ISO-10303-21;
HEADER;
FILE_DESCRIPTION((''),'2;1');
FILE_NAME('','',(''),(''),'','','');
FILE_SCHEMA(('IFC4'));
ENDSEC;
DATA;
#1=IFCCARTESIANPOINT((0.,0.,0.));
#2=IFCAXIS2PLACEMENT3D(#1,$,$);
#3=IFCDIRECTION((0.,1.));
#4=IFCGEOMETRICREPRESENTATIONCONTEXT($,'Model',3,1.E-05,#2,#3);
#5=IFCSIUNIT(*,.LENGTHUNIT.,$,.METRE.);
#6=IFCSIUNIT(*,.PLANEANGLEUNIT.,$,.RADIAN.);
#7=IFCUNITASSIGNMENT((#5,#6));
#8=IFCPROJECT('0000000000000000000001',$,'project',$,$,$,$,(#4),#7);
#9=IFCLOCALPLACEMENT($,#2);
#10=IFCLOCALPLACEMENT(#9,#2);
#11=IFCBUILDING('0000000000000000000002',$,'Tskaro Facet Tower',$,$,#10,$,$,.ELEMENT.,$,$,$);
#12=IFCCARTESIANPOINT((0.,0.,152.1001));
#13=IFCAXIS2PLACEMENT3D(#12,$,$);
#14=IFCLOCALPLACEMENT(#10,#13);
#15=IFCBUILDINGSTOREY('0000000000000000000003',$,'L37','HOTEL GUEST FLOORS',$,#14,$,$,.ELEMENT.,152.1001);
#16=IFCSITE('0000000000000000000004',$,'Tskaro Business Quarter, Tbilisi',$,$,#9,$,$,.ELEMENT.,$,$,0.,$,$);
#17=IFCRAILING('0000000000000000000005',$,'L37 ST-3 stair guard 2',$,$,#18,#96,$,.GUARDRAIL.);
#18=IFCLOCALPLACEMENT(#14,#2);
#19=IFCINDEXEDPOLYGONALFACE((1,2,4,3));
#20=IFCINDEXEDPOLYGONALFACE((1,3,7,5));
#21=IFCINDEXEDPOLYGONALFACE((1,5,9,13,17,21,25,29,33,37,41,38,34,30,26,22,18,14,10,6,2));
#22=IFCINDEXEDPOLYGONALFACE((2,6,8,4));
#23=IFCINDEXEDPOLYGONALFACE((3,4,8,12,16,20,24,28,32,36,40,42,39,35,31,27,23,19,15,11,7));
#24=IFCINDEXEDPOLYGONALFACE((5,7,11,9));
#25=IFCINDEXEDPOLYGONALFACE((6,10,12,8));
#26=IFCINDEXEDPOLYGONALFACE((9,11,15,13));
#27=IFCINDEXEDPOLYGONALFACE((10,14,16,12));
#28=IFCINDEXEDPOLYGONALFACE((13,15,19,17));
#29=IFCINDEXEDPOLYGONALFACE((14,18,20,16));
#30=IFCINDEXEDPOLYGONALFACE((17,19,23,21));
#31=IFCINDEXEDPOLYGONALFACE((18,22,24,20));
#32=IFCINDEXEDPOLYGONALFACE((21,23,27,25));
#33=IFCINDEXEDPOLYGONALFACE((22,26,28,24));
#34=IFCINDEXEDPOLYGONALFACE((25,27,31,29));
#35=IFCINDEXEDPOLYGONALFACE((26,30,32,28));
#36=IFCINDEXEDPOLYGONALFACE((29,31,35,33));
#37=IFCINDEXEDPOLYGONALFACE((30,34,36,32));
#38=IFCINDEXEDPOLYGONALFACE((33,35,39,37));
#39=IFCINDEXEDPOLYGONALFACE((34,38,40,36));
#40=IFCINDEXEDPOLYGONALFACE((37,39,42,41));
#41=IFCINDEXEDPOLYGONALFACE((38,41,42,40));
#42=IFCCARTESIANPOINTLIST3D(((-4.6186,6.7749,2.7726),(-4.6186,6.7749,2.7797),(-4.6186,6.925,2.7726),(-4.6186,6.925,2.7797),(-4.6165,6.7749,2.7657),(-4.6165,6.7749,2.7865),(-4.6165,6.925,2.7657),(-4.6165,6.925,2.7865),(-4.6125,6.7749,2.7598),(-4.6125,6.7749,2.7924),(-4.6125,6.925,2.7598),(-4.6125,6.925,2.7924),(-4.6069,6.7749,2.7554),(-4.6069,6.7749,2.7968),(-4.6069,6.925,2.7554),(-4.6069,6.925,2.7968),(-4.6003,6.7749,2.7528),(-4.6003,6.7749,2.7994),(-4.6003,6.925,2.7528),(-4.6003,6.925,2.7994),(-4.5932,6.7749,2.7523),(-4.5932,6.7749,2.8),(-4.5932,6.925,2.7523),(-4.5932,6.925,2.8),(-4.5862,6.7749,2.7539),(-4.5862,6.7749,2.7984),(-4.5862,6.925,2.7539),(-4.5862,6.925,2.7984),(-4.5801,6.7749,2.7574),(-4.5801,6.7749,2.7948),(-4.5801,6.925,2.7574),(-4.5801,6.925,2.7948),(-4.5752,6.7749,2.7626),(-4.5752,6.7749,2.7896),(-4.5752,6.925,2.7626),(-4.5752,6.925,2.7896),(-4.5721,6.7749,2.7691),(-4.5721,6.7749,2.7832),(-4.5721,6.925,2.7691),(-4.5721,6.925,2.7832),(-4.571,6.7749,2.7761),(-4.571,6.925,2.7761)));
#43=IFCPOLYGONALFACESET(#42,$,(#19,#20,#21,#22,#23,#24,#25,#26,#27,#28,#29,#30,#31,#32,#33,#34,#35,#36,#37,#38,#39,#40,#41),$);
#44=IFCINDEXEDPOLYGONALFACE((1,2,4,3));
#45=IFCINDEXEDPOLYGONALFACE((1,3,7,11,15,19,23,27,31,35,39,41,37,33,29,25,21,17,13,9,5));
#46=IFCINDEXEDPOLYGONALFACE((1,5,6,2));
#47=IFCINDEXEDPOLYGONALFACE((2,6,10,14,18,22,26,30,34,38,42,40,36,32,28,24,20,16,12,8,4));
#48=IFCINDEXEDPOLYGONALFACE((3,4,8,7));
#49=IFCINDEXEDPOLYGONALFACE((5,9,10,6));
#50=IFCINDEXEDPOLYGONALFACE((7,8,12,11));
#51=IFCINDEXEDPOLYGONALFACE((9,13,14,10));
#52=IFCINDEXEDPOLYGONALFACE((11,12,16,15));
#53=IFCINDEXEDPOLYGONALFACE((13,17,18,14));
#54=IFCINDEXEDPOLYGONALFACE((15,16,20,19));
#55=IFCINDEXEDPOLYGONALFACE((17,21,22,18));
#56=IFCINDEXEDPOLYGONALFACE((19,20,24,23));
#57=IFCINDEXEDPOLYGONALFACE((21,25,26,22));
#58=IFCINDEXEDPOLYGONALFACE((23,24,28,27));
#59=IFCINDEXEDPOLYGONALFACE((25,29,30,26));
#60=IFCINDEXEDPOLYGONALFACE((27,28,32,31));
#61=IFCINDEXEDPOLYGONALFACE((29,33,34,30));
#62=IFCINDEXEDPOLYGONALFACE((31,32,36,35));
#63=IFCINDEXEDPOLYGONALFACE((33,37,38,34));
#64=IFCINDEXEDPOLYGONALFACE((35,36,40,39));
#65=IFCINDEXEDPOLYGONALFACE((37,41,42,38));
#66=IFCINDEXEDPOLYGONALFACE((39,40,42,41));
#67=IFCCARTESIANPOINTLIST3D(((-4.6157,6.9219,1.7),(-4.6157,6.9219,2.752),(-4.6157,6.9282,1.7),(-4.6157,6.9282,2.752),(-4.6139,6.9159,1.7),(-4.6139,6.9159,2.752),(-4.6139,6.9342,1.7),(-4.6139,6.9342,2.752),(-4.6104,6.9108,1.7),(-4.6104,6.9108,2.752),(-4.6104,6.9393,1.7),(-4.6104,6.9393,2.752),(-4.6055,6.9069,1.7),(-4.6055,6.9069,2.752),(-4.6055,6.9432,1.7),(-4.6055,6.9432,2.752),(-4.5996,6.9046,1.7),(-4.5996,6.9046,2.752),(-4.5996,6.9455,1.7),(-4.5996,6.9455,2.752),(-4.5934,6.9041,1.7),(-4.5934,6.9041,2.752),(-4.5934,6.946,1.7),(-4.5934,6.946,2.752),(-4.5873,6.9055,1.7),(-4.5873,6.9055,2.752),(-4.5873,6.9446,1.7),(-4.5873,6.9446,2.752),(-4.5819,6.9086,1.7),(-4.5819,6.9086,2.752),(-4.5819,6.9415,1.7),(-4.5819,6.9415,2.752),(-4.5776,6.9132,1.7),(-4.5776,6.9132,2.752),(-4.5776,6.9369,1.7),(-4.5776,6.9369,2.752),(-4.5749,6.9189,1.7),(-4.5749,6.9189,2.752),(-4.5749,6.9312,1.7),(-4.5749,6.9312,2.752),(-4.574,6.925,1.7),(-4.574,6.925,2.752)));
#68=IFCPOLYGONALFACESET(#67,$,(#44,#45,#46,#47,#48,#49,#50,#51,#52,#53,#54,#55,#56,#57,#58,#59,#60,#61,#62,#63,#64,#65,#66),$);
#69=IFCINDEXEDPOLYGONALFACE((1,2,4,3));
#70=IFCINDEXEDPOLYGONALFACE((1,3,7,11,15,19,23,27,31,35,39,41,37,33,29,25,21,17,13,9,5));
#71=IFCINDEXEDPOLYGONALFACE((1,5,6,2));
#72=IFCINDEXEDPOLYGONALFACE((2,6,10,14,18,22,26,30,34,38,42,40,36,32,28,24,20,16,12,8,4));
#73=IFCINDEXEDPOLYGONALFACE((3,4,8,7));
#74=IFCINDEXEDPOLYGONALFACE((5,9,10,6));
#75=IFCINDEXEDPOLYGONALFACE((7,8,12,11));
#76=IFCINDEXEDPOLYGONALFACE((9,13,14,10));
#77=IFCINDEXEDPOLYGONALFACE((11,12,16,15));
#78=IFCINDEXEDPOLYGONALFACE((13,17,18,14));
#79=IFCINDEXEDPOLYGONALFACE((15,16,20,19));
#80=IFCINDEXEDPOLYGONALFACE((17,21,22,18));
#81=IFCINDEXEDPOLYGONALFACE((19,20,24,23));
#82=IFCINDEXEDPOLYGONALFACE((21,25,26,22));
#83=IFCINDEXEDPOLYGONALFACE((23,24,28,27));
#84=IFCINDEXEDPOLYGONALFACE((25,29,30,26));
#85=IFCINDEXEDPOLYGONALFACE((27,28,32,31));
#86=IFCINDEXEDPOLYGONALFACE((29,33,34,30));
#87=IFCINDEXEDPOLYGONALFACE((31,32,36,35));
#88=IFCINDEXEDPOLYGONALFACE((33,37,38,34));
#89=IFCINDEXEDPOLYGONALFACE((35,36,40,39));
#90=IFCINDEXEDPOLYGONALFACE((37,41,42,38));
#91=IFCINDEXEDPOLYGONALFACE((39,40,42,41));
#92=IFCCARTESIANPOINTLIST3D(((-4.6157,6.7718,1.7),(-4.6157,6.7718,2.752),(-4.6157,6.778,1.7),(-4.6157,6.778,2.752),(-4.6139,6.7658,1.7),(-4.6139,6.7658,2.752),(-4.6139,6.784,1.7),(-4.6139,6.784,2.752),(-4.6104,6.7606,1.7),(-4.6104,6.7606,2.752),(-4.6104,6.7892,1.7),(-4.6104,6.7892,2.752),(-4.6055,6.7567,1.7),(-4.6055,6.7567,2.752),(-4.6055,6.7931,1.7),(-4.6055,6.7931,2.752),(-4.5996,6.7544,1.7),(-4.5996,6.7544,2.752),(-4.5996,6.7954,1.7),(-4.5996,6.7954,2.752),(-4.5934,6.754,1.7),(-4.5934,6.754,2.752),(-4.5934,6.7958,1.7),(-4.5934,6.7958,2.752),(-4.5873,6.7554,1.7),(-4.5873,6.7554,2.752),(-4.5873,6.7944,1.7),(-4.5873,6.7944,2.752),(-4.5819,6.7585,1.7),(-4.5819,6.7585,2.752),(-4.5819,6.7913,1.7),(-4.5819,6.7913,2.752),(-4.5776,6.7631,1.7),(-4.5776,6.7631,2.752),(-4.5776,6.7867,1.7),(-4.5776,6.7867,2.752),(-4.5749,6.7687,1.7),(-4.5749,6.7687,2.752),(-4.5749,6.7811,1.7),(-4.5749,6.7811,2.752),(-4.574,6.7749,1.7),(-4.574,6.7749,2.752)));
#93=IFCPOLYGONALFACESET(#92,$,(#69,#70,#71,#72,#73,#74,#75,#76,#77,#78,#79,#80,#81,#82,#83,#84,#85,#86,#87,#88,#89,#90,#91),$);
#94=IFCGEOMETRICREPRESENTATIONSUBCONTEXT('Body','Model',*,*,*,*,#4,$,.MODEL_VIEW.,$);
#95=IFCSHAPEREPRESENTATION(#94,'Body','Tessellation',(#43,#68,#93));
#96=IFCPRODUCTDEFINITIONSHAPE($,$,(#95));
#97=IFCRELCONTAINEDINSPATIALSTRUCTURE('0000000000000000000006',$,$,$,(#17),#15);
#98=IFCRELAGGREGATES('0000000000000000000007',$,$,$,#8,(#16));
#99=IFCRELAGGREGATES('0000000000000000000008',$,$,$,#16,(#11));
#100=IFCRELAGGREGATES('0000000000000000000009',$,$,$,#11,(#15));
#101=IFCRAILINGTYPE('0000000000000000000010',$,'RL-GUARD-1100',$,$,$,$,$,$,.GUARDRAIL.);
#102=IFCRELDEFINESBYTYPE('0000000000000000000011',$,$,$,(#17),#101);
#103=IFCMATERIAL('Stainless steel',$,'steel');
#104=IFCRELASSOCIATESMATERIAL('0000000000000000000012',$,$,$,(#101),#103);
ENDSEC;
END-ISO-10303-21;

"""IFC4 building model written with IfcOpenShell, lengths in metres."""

from ifc_helpers import new_model, si_unit, direction, frame, origin, origin_2d, place, context, subcontext, project, spatial, circle, extrude, material, type_object, element, save


model = new_model("IFC4")

# Units and contexts
model_context = context("Model", 3, precision=1e-05, world=origin(), true_north=direction((0.0, 1.0)))
body_context = subcontext(model_context, "Body", "Model", "MODEL_VIEW")
ifc_project = project(units=[si_unit("LENGTHUNIT", "METRE"), si_unit("PLANEANGLEUNIT", "RADIAN")], contexts=[model_context])

# Site, building, storey
site_placement = place(None, origin())
site = spatial("IfcSite", under=ifc_project, at=site_placement, Name="Tskaro Business Quarter, Tbilisi", CompositionType="ELEMENT", RefElevation=0.0)
building_placement = place(site_placement, origin())
building = spatial("IfcBuilding", under=site, at=building_placement, Name="Tskaro Facet Tower", CompositionType="ELEMENT")
storey_placement = place(building_placement, frame((0.0, 0.0, 152.1001)))
storey = spatial("IfcBuildingStorey", under=building, at=storey_placement, Name="L37", Description="HOTEL GUEST FLOORS", CompositionType="ELEMENT", Elevation=152.1001)

# Railing
ifc_material_1 = material(Name="Stainless steel", Category="steel")
railing_type_1 = type_object("IfcRailingType", Name="RL-GUARD-1100", PredefinedType="GUARDRAIL", material=ifc_material_1)
railing_1_placement = place(storey_placement, frame((-4.595, 6.925, 1.7)))
element("IfcRailing", 1, at=railing_1_placement, inside=storey, type_object=railing_type_1, Name="L37 ST-3 stair guard 2", PredefinedType="GUARDRAIL", context=body_context, shape_type="SweptSolid", body=[
    extrude(circle(Radius=0.0239, at=origin_2d()), frame((0.0, 0.0, 1.0762), z_axis=(0.0, -1.0, 0.0), x_axis=(1.0, 0.0, 0.0)), (0.0, 0.0, 1.0), 0.1501),
    extrude(circle(Radius=0.021, at=origin_2d()), origin(), (0.0, 0.0, 1.0), 1.052),
    extrude(circle(Radius=0.021, at=origin_2d()), frame((0.0, -0.1501, 0.0)), (0.0, 0.0, 1.0), 1.052),
])

save(model, "model.ifc")
